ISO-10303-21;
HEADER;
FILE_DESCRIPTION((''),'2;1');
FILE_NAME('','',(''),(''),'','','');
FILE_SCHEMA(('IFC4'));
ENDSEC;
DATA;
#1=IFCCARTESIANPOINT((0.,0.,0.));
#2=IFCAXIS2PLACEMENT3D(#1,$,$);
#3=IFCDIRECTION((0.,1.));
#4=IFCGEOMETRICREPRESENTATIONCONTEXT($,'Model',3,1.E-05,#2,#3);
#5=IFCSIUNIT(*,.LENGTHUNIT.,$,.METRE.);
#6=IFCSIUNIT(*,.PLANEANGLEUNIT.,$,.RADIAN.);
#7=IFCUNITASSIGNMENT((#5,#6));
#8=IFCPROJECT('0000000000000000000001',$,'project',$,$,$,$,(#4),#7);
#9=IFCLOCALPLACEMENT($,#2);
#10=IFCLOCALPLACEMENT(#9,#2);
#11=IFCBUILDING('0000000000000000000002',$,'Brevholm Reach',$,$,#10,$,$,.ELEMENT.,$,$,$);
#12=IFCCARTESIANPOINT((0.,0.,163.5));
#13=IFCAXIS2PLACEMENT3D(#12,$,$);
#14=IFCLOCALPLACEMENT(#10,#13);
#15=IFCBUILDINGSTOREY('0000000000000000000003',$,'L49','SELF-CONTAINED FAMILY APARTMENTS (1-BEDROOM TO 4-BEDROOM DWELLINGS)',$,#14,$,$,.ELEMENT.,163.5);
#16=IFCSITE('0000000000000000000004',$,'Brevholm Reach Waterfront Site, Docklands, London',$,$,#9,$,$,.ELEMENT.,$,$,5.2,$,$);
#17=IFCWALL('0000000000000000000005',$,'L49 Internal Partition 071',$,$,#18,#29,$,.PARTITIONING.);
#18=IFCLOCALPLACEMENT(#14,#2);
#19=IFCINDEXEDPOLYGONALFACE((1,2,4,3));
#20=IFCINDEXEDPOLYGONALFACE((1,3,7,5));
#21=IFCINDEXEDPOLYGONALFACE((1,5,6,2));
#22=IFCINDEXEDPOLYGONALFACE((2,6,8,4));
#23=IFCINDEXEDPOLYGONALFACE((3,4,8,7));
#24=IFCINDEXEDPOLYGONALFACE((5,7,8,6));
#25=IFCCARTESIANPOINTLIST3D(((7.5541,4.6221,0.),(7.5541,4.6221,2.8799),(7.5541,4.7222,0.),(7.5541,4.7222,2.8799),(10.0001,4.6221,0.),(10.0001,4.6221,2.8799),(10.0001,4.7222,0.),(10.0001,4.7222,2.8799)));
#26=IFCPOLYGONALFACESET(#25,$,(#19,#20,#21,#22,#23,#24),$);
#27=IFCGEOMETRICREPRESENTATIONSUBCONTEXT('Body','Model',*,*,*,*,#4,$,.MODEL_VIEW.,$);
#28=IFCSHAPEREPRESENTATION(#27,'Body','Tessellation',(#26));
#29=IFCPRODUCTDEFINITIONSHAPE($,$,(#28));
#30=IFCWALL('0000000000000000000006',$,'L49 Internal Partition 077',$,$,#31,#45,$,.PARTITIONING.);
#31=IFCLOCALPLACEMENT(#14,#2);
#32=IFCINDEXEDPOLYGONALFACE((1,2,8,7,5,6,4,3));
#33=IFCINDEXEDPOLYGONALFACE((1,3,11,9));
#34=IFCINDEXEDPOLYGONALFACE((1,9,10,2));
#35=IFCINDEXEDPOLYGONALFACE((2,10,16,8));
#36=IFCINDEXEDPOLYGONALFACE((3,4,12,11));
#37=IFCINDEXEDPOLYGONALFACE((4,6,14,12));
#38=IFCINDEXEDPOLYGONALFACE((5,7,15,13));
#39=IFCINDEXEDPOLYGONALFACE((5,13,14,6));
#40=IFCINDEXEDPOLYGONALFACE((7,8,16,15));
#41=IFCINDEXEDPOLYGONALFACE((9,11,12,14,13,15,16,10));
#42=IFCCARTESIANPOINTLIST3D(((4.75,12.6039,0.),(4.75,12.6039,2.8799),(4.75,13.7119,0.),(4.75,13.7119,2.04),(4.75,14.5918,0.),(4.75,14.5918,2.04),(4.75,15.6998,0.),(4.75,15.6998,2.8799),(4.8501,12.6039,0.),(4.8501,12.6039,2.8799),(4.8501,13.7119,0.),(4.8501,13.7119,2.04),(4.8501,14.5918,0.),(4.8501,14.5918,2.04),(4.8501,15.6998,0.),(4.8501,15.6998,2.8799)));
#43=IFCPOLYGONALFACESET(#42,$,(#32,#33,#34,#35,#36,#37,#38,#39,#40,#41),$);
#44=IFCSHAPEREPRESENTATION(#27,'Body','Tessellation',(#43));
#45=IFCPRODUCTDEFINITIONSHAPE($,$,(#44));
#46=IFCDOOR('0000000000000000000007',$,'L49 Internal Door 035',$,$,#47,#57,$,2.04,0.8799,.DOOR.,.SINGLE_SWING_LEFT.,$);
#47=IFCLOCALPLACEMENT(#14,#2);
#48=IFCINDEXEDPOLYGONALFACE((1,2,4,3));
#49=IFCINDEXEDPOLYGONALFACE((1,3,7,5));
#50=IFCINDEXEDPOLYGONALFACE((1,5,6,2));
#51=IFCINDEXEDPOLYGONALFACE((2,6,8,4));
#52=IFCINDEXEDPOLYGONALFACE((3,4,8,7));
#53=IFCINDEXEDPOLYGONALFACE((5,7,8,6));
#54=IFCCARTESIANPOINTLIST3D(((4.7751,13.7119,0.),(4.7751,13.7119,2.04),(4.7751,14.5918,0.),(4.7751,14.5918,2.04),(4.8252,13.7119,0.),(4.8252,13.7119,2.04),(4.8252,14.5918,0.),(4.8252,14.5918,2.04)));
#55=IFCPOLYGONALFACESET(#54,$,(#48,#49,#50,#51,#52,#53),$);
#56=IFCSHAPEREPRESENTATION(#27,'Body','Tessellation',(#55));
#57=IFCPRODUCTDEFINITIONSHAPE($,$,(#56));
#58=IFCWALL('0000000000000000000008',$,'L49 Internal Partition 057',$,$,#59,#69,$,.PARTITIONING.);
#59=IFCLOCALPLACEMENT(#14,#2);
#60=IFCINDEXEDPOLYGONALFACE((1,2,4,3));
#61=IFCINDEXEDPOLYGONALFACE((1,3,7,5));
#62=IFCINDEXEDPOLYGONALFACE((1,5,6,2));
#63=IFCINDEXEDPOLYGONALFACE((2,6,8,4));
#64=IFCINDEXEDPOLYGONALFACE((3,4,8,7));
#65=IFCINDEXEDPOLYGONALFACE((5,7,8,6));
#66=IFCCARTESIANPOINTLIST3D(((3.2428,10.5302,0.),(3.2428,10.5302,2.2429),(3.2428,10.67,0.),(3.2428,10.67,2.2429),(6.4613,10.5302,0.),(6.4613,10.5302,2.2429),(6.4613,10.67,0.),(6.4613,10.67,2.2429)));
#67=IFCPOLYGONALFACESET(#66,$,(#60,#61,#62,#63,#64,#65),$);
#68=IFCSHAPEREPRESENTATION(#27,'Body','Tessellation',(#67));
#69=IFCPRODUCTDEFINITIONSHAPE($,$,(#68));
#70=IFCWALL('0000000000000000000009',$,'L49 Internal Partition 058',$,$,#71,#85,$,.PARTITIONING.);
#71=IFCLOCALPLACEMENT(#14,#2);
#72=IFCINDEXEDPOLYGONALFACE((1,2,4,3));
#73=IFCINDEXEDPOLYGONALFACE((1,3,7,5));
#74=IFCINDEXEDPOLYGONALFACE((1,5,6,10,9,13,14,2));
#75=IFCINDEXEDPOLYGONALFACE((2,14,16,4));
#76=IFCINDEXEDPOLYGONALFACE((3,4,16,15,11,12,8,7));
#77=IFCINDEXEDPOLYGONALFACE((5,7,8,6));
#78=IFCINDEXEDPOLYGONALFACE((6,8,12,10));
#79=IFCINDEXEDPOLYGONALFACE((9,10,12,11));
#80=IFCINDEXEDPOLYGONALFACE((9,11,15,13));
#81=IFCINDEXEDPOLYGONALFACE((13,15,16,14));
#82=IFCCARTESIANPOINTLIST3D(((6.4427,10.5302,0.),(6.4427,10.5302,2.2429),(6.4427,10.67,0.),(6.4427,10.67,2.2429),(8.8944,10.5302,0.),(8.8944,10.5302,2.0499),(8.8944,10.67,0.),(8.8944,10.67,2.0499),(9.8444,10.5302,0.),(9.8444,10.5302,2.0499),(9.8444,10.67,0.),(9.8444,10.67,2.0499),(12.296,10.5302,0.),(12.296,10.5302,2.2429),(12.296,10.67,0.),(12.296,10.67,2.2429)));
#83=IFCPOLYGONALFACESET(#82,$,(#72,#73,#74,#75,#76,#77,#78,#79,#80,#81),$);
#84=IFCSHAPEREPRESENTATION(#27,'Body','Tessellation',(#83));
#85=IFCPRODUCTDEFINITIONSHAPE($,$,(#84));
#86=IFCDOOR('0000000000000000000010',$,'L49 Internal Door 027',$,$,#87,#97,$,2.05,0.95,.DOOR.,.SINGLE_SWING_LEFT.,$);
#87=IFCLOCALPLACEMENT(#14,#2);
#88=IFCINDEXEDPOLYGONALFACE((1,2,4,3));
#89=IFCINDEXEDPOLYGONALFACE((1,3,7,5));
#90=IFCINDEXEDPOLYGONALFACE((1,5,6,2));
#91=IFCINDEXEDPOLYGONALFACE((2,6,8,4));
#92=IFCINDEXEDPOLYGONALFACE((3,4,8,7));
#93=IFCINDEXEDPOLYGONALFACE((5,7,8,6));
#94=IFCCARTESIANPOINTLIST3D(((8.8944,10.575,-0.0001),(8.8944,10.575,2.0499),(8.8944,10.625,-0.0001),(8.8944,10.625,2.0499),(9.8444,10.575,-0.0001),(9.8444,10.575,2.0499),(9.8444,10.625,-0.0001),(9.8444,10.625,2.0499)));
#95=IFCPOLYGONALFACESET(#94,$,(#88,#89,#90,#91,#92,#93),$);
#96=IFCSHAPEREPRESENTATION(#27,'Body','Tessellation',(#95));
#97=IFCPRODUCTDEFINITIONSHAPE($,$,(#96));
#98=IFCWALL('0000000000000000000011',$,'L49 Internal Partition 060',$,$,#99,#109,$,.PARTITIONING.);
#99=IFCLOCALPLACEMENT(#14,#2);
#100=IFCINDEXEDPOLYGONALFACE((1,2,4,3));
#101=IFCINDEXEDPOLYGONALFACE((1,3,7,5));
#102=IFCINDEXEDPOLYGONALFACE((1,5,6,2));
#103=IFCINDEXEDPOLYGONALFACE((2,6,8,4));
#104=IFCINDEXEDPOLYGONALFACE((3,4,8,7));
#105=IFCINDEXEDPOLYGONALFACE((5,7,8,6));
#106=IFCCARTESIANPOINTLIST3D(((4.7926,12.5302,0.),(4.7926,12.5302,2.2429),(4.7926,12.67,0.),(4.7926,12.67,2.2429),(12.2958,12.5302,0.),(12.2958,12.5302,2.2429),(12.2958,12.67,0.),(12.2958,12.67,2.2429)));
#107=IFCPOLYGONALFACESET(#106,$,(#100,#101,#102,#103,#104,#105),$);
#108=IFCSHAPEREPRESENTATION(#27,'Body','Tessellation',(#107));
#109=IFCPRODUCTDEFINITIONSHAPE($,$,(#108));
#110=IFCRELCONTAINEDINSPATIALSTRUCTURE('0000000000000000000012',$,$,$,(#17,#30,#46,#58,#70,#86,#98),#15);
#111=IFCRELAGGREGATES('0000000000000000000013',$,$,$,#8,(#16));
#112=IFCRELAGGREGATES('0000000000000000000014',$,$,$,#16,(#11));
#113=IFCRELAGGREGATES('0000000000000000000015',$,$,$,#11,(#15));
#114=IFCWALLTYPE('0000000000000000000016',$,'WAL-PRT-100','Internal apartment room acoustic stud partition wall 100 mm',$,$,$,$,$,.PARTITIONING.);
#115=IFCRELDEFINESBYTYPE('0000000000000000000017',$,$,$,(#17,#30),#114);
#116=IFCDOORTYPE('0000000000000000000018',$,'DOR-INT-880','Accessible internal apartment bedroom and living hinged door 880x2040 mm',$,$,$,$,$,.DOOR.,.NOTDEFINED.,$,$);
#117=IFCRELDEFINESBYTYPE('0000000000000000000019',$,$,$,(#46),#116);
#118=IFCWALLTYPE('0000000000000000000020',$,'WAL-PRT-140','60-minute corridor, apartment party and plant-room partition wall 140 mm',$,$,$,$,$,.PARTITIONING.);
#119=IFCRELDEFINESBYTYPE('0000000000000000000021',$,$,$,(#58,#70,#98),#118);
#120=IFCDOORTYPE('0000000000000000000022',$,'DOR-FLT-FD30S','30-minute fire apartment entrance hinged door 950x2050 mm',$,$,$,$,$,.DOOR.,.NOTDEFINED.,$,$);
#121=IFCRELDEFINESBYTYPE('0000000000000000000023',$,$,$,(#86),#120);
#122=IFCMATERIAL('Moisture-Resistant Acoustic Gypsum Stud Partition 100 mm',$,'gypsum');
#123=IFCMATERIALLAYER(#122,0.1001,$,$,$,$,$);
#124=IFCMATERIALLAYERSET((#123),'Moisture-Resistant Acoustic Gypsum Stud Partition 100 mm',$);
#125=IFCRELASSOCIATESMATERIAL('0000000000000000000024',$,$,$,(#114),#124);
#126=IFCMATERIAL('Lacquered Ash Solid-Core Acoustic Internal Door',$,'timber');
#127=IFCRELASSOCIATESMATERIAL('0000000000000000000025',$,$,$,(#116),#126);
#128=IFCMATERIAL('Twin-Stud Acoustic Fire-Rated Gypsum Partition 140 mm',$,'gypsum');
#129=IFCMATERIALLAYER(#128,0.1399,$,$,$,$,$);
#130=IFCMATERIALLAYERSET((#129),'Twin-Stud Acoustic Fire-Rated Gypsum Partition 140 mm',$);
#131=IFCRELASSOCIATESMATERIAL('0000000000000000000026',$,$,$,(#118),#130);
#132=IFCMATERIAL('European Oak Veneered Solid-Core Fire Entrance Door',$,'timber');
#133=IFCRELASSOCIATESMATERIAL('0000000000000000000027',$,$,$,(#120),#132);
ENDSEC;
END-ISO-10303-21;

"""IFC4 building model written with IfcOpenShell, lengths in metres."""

from ifc_helpers import new_model, si_unit, direction, frame, frame_2d, origin, place, context, subcontext, project, spatial, rectangle, extrude, material, layer, layer_set, type_object, element, fill, save


model = new_model("IFC4")

# Units and contexts
model_context = context("Model", 3, precision=1e-05, world=origin(), true_north=direction((0.0, 1.0)))
body_context = subcontext(model_context, "Body", "Model", "MODEL_VIEW")
ifc_project = project(units=[si_unit("LENGTHUNIT", "METRE"), si_unit("PLANEANGLEUNIT", "RADIAN")], contexts=[model_context])

# Site, building, storey
site_placement = place(None, origin())
site = spatial("IfcSite", under=ifc_project, at=site_placement, Name="Brevholm Reach Waterfront Site, Docklands, London", CompositionType="ELEMENT", RefElevation=5.2)
building_placement = place(site_placement, origin())
building = spatial("IfcBuilding", under=site, at=building_placement, Name="Brevholm Reach", CompositionType="ELEMENT")
storey_placement = place(building_placement, frame((0.0, 0.0, 163.5)))
storey = spatial("IfcBuildingStorey", under=building, at=storey_placement, Name="L49", Description="SELF-CONTAINED FAMILY APARTMENTS (1-BEDROOM TO 4-BEDROOM DWELLINGS)", CompositionType="ELEMENT", Elevation=163.5)

# Shared definitions
ifc_material_1 = material(Name="Moisture-Resistant Acoustic Gypsum Stud Partition 100 mm", Category="gypsum")
ifc_layer_1 = layer(ifc_material_1, 0.1001)
ifc_layer_set_1 = layer_set([ifc_layer_1], Name="Moisture-Resistant Acoustic Gypsum Stud Partition 100 mm")
wall_type_1 = type_object("IfcWallType", Name="WAL-PRT-100", Description="Internal apartment room acoustic stud partition wall 100 mm", PredefinedType="PARTITIONING", material=ifc_layer_set_1)

# Shared definitions
ifc_material_2 = material(Name="Lacquered Ash Solid-Core Acoustic Internal Door", Category="timber")
door_type_1 = type_object("IfcDoorType", Name="DOR-INT-880", Description="Accessible internal apartment bedroom and living hinged door 880x2040 mm", OperationType="NOTDEFINED", PredefinedType="DOOR", material=ifc_material_2)

# Wall
wall_1_placement = place(storey_placement, frame((7.554, 4.6721, 0.0), z_axis=(0.0, 0.0, 1.0), x_axis=(1.0, 0.0, 0.0)))
element("IfcWall", 1, at=wall_1_placement, inside=storey, type_object=wall_type_1, Name="L49 Internal Partition 071", PredefinedType="PARTITIONING", context=body_context, shape_type="SweptSolid", body=[
    extrude(rectangle(XDim=2.446, YDim=0.1001, at=frame_2d((1.2231, 0.0))), origin(), (0.0, 0.0, 1.0), 2.8799),
])

# Wall, opening, door
wall_2_placement = place(storey_placement, frame((4.8, 12.604, 0.0), z_axis=(0.0, 0.0, 1.0), x_axis=(0.0, 1.0, 0.0)))
wall_2 = element("IfcWall", 2, at=wall_2_placement, inside=storey, type_object=wall_type_1, Name="L49 Internal Partition 077", PredefinedType="PARTITIONING", context=body_context, shape_type="SweptSolid", body=[
    extrude(rectangle(XDim=3.0959, YDim=0.1001, at=frame_2d((1.5479, 0.0))), origin(), (0.0, 0.0, 1.0), 2.8799),
])
opening_1_placement = place(wall_2_placement, frame((1.1079, 0.0, 0.0)))
opening_1 = element("IfcOpeningElement", 3, at=opening_1_placement, cuts=wall_2, PredefinedType="OPENING", context=body_context, shape_type="SweptSolid", body=[
    extrude(rectangle(XDim=0.8799, YDim=2.04, at=frame_2d((0.4399, 1.02))), frame((0.0, 0.0601, 0.0), z_axis=(0.0, -1.0, 0.0), x_axis=(1.0, 0.0, 0.0)), (0.0, 0.0, 1.0), 0.1201),
])
door_1_placement = place(opening_1_placement, origin())
door_1 = element("IfcDoor", 4, at=door_1_placement, inside=storey, type_object=door_type_1, Name="L49 Internal Door 035", OperationType="SINGLE_SWING_LEFT", OverallHeight=2.04, OverallWidth=0.8799, PredefinedType="DOOR", context=body_context, shape_type="SweptSolid", body=[
    extrude(rectangle(XDim=0.8799, YDim=2.04, at=frame_2d((0.4399, 1.02))), frame((0.0, 0.0249, 0.0), z_axis=(0.0, -1.0, 0.0), x_axis=(1.0, 0.0, 0.0)), (0.0, 0.0, 1.0), 0.05),
])
fill(opening_1, door_1)

# Wall
ifc_material_3 = material(Name="Twin-Stud Acoustic Fire-Rated Gypsum Partition 140 mm", Category="gypsum")
ifc_layer_2 = layer(ifc_material_3, 0.1399)
ifc_layer_set_2 = layer_set([ifc_layer_2], Name="Twin-Stud Acoustic Fire-Rated Gypsum Partition 140 mm")
wall_type_2 = type_object("IfcWallType", Name="WAL-PRT-140", Description="60-minute corridor, apartment party and plant-room partition wall 140 mm", PredefinedType="PARTITIONING", material=ifc_layer_set_2)
wall_3_placement = place(storey_placement, frame((3.2427, 10.6001, 0.0), z_axis=(0.0, 0.0, 1.0), x_axis=(1.0, 0.0, 0.0)))
element("IfcWall", 5, at=wall_3_placement, inside=storey, type_object=wall_type_2, Name="L49 Internal Partition 057", PredefinedType="PARTITIONING", context=body_context, shape_type="SweptSolid", body=[
    extrude(rectangle(XDim=3.2185, YDim=0.1399, at=frame_2d((1.6094, 0.0))), origin(), (0.0, 0.0, 1.0), 2.2429),
])

# Wall, opening, door
wall_4_placement = place(storey_placement, frame((6.4426, 10.6001, 0.0), z_axis=(0.0, 0.0, 1.0), x_axis=(1.0, 0.0, 0.0)))
wall_4 = element("IfcWall", 6, at=wall_4_placement, inside=storey, type_object=wall_type_2, Name="L49 Internal Partition 058", PredefinedType="PARTITIONING", context=body_context, shape_type="SweptSolid", body=[
    extrude(rectangle(XDim=5.8533, YDim=0.1399, at=frame_2d((2.9268, 0.0))), origin(), (0.0, 0.0, 1.0), 2.2429),
])
opening_2_placement = place(wall_4_placement, frame((2.4517, 0.0, 0.0)))
opening_2 = element("IfcOpeningElement", 7, at=opening_2_placement, cuts=wall_4, PredefinedType="OPENING", context=body_context, shape_type="SweptSolid", body=[
    extrude(rectangle(XDim=0.95, YDim=2.05, at=frame_2d((0.4751, 1.0249))), frame((0.0, 0.0798, 0.0), z_axis=(0.0, -1.0, 0.0), x_axis=(1.0, 0.0, 0.0)), (0.0, 0.0, 1.0), 0.1599),
])
ifc_material_4 = material(Name="European Oak Veneered Solid-Core Fire Entrance Door", Category="timber")
door_type_2 = type_object("IfcDoorType", Name="DOR-FLT-FD30S", Description="30-minute fire apartment entrance hinged door 950x2050 mm", OperationType="NOTDEFINED", PredefinedType="DOOR", material=ifc_material_4)
door_2_placement = place(opening_2_placement, origin())
door_2 = element("IfcDoor", 8, at=door_2_placement, inside=storey, type_object=door_type_2, Name="L49 Internal Door 027", OperationType="SINGLE_SWING_LEFT", OverallHeight=2.05, OverallWidth=0.95, PredefinedType="DOOR", context=body_context, shape_type="SweptSolid", body=[
    extrude(rectangle(XDim=0.95, YDim=2.05, at=frame_2d((0.4751, 1.0249))), frame((0.0, 0.0249, 0.0), z_axis=(0.0, -1.0, 0.0), x_axis=(1.0, 0.0, 0.0)), (0.0, 0.0, 1.0), 0.05),
])
fill(opening_2, door_2)

# Wall
wall_5_placement = place(storey_placement, frame((4.7927, 12.6001, 0.0), z_axis=(0.0, 0.0, 1.0), x_axis=(1.0, 0.0, 0.0)))
element("IfcWall", 9, at=wall_5_placement, inside=storey, type_object=wall_type_2, Name="L49 Internal Partition 060", PredefinedType="PARTITIONING", context=body_context, shape_type="SweptSolid", body=[
    extrude(rectangle(XDim=7.5032, YDim=0.1399, at=frame_2d((3.7515, 0.0))), origin(), (0.0, 0.0, 1.0), 2.2429),
])

save(model, "model.ifc")
